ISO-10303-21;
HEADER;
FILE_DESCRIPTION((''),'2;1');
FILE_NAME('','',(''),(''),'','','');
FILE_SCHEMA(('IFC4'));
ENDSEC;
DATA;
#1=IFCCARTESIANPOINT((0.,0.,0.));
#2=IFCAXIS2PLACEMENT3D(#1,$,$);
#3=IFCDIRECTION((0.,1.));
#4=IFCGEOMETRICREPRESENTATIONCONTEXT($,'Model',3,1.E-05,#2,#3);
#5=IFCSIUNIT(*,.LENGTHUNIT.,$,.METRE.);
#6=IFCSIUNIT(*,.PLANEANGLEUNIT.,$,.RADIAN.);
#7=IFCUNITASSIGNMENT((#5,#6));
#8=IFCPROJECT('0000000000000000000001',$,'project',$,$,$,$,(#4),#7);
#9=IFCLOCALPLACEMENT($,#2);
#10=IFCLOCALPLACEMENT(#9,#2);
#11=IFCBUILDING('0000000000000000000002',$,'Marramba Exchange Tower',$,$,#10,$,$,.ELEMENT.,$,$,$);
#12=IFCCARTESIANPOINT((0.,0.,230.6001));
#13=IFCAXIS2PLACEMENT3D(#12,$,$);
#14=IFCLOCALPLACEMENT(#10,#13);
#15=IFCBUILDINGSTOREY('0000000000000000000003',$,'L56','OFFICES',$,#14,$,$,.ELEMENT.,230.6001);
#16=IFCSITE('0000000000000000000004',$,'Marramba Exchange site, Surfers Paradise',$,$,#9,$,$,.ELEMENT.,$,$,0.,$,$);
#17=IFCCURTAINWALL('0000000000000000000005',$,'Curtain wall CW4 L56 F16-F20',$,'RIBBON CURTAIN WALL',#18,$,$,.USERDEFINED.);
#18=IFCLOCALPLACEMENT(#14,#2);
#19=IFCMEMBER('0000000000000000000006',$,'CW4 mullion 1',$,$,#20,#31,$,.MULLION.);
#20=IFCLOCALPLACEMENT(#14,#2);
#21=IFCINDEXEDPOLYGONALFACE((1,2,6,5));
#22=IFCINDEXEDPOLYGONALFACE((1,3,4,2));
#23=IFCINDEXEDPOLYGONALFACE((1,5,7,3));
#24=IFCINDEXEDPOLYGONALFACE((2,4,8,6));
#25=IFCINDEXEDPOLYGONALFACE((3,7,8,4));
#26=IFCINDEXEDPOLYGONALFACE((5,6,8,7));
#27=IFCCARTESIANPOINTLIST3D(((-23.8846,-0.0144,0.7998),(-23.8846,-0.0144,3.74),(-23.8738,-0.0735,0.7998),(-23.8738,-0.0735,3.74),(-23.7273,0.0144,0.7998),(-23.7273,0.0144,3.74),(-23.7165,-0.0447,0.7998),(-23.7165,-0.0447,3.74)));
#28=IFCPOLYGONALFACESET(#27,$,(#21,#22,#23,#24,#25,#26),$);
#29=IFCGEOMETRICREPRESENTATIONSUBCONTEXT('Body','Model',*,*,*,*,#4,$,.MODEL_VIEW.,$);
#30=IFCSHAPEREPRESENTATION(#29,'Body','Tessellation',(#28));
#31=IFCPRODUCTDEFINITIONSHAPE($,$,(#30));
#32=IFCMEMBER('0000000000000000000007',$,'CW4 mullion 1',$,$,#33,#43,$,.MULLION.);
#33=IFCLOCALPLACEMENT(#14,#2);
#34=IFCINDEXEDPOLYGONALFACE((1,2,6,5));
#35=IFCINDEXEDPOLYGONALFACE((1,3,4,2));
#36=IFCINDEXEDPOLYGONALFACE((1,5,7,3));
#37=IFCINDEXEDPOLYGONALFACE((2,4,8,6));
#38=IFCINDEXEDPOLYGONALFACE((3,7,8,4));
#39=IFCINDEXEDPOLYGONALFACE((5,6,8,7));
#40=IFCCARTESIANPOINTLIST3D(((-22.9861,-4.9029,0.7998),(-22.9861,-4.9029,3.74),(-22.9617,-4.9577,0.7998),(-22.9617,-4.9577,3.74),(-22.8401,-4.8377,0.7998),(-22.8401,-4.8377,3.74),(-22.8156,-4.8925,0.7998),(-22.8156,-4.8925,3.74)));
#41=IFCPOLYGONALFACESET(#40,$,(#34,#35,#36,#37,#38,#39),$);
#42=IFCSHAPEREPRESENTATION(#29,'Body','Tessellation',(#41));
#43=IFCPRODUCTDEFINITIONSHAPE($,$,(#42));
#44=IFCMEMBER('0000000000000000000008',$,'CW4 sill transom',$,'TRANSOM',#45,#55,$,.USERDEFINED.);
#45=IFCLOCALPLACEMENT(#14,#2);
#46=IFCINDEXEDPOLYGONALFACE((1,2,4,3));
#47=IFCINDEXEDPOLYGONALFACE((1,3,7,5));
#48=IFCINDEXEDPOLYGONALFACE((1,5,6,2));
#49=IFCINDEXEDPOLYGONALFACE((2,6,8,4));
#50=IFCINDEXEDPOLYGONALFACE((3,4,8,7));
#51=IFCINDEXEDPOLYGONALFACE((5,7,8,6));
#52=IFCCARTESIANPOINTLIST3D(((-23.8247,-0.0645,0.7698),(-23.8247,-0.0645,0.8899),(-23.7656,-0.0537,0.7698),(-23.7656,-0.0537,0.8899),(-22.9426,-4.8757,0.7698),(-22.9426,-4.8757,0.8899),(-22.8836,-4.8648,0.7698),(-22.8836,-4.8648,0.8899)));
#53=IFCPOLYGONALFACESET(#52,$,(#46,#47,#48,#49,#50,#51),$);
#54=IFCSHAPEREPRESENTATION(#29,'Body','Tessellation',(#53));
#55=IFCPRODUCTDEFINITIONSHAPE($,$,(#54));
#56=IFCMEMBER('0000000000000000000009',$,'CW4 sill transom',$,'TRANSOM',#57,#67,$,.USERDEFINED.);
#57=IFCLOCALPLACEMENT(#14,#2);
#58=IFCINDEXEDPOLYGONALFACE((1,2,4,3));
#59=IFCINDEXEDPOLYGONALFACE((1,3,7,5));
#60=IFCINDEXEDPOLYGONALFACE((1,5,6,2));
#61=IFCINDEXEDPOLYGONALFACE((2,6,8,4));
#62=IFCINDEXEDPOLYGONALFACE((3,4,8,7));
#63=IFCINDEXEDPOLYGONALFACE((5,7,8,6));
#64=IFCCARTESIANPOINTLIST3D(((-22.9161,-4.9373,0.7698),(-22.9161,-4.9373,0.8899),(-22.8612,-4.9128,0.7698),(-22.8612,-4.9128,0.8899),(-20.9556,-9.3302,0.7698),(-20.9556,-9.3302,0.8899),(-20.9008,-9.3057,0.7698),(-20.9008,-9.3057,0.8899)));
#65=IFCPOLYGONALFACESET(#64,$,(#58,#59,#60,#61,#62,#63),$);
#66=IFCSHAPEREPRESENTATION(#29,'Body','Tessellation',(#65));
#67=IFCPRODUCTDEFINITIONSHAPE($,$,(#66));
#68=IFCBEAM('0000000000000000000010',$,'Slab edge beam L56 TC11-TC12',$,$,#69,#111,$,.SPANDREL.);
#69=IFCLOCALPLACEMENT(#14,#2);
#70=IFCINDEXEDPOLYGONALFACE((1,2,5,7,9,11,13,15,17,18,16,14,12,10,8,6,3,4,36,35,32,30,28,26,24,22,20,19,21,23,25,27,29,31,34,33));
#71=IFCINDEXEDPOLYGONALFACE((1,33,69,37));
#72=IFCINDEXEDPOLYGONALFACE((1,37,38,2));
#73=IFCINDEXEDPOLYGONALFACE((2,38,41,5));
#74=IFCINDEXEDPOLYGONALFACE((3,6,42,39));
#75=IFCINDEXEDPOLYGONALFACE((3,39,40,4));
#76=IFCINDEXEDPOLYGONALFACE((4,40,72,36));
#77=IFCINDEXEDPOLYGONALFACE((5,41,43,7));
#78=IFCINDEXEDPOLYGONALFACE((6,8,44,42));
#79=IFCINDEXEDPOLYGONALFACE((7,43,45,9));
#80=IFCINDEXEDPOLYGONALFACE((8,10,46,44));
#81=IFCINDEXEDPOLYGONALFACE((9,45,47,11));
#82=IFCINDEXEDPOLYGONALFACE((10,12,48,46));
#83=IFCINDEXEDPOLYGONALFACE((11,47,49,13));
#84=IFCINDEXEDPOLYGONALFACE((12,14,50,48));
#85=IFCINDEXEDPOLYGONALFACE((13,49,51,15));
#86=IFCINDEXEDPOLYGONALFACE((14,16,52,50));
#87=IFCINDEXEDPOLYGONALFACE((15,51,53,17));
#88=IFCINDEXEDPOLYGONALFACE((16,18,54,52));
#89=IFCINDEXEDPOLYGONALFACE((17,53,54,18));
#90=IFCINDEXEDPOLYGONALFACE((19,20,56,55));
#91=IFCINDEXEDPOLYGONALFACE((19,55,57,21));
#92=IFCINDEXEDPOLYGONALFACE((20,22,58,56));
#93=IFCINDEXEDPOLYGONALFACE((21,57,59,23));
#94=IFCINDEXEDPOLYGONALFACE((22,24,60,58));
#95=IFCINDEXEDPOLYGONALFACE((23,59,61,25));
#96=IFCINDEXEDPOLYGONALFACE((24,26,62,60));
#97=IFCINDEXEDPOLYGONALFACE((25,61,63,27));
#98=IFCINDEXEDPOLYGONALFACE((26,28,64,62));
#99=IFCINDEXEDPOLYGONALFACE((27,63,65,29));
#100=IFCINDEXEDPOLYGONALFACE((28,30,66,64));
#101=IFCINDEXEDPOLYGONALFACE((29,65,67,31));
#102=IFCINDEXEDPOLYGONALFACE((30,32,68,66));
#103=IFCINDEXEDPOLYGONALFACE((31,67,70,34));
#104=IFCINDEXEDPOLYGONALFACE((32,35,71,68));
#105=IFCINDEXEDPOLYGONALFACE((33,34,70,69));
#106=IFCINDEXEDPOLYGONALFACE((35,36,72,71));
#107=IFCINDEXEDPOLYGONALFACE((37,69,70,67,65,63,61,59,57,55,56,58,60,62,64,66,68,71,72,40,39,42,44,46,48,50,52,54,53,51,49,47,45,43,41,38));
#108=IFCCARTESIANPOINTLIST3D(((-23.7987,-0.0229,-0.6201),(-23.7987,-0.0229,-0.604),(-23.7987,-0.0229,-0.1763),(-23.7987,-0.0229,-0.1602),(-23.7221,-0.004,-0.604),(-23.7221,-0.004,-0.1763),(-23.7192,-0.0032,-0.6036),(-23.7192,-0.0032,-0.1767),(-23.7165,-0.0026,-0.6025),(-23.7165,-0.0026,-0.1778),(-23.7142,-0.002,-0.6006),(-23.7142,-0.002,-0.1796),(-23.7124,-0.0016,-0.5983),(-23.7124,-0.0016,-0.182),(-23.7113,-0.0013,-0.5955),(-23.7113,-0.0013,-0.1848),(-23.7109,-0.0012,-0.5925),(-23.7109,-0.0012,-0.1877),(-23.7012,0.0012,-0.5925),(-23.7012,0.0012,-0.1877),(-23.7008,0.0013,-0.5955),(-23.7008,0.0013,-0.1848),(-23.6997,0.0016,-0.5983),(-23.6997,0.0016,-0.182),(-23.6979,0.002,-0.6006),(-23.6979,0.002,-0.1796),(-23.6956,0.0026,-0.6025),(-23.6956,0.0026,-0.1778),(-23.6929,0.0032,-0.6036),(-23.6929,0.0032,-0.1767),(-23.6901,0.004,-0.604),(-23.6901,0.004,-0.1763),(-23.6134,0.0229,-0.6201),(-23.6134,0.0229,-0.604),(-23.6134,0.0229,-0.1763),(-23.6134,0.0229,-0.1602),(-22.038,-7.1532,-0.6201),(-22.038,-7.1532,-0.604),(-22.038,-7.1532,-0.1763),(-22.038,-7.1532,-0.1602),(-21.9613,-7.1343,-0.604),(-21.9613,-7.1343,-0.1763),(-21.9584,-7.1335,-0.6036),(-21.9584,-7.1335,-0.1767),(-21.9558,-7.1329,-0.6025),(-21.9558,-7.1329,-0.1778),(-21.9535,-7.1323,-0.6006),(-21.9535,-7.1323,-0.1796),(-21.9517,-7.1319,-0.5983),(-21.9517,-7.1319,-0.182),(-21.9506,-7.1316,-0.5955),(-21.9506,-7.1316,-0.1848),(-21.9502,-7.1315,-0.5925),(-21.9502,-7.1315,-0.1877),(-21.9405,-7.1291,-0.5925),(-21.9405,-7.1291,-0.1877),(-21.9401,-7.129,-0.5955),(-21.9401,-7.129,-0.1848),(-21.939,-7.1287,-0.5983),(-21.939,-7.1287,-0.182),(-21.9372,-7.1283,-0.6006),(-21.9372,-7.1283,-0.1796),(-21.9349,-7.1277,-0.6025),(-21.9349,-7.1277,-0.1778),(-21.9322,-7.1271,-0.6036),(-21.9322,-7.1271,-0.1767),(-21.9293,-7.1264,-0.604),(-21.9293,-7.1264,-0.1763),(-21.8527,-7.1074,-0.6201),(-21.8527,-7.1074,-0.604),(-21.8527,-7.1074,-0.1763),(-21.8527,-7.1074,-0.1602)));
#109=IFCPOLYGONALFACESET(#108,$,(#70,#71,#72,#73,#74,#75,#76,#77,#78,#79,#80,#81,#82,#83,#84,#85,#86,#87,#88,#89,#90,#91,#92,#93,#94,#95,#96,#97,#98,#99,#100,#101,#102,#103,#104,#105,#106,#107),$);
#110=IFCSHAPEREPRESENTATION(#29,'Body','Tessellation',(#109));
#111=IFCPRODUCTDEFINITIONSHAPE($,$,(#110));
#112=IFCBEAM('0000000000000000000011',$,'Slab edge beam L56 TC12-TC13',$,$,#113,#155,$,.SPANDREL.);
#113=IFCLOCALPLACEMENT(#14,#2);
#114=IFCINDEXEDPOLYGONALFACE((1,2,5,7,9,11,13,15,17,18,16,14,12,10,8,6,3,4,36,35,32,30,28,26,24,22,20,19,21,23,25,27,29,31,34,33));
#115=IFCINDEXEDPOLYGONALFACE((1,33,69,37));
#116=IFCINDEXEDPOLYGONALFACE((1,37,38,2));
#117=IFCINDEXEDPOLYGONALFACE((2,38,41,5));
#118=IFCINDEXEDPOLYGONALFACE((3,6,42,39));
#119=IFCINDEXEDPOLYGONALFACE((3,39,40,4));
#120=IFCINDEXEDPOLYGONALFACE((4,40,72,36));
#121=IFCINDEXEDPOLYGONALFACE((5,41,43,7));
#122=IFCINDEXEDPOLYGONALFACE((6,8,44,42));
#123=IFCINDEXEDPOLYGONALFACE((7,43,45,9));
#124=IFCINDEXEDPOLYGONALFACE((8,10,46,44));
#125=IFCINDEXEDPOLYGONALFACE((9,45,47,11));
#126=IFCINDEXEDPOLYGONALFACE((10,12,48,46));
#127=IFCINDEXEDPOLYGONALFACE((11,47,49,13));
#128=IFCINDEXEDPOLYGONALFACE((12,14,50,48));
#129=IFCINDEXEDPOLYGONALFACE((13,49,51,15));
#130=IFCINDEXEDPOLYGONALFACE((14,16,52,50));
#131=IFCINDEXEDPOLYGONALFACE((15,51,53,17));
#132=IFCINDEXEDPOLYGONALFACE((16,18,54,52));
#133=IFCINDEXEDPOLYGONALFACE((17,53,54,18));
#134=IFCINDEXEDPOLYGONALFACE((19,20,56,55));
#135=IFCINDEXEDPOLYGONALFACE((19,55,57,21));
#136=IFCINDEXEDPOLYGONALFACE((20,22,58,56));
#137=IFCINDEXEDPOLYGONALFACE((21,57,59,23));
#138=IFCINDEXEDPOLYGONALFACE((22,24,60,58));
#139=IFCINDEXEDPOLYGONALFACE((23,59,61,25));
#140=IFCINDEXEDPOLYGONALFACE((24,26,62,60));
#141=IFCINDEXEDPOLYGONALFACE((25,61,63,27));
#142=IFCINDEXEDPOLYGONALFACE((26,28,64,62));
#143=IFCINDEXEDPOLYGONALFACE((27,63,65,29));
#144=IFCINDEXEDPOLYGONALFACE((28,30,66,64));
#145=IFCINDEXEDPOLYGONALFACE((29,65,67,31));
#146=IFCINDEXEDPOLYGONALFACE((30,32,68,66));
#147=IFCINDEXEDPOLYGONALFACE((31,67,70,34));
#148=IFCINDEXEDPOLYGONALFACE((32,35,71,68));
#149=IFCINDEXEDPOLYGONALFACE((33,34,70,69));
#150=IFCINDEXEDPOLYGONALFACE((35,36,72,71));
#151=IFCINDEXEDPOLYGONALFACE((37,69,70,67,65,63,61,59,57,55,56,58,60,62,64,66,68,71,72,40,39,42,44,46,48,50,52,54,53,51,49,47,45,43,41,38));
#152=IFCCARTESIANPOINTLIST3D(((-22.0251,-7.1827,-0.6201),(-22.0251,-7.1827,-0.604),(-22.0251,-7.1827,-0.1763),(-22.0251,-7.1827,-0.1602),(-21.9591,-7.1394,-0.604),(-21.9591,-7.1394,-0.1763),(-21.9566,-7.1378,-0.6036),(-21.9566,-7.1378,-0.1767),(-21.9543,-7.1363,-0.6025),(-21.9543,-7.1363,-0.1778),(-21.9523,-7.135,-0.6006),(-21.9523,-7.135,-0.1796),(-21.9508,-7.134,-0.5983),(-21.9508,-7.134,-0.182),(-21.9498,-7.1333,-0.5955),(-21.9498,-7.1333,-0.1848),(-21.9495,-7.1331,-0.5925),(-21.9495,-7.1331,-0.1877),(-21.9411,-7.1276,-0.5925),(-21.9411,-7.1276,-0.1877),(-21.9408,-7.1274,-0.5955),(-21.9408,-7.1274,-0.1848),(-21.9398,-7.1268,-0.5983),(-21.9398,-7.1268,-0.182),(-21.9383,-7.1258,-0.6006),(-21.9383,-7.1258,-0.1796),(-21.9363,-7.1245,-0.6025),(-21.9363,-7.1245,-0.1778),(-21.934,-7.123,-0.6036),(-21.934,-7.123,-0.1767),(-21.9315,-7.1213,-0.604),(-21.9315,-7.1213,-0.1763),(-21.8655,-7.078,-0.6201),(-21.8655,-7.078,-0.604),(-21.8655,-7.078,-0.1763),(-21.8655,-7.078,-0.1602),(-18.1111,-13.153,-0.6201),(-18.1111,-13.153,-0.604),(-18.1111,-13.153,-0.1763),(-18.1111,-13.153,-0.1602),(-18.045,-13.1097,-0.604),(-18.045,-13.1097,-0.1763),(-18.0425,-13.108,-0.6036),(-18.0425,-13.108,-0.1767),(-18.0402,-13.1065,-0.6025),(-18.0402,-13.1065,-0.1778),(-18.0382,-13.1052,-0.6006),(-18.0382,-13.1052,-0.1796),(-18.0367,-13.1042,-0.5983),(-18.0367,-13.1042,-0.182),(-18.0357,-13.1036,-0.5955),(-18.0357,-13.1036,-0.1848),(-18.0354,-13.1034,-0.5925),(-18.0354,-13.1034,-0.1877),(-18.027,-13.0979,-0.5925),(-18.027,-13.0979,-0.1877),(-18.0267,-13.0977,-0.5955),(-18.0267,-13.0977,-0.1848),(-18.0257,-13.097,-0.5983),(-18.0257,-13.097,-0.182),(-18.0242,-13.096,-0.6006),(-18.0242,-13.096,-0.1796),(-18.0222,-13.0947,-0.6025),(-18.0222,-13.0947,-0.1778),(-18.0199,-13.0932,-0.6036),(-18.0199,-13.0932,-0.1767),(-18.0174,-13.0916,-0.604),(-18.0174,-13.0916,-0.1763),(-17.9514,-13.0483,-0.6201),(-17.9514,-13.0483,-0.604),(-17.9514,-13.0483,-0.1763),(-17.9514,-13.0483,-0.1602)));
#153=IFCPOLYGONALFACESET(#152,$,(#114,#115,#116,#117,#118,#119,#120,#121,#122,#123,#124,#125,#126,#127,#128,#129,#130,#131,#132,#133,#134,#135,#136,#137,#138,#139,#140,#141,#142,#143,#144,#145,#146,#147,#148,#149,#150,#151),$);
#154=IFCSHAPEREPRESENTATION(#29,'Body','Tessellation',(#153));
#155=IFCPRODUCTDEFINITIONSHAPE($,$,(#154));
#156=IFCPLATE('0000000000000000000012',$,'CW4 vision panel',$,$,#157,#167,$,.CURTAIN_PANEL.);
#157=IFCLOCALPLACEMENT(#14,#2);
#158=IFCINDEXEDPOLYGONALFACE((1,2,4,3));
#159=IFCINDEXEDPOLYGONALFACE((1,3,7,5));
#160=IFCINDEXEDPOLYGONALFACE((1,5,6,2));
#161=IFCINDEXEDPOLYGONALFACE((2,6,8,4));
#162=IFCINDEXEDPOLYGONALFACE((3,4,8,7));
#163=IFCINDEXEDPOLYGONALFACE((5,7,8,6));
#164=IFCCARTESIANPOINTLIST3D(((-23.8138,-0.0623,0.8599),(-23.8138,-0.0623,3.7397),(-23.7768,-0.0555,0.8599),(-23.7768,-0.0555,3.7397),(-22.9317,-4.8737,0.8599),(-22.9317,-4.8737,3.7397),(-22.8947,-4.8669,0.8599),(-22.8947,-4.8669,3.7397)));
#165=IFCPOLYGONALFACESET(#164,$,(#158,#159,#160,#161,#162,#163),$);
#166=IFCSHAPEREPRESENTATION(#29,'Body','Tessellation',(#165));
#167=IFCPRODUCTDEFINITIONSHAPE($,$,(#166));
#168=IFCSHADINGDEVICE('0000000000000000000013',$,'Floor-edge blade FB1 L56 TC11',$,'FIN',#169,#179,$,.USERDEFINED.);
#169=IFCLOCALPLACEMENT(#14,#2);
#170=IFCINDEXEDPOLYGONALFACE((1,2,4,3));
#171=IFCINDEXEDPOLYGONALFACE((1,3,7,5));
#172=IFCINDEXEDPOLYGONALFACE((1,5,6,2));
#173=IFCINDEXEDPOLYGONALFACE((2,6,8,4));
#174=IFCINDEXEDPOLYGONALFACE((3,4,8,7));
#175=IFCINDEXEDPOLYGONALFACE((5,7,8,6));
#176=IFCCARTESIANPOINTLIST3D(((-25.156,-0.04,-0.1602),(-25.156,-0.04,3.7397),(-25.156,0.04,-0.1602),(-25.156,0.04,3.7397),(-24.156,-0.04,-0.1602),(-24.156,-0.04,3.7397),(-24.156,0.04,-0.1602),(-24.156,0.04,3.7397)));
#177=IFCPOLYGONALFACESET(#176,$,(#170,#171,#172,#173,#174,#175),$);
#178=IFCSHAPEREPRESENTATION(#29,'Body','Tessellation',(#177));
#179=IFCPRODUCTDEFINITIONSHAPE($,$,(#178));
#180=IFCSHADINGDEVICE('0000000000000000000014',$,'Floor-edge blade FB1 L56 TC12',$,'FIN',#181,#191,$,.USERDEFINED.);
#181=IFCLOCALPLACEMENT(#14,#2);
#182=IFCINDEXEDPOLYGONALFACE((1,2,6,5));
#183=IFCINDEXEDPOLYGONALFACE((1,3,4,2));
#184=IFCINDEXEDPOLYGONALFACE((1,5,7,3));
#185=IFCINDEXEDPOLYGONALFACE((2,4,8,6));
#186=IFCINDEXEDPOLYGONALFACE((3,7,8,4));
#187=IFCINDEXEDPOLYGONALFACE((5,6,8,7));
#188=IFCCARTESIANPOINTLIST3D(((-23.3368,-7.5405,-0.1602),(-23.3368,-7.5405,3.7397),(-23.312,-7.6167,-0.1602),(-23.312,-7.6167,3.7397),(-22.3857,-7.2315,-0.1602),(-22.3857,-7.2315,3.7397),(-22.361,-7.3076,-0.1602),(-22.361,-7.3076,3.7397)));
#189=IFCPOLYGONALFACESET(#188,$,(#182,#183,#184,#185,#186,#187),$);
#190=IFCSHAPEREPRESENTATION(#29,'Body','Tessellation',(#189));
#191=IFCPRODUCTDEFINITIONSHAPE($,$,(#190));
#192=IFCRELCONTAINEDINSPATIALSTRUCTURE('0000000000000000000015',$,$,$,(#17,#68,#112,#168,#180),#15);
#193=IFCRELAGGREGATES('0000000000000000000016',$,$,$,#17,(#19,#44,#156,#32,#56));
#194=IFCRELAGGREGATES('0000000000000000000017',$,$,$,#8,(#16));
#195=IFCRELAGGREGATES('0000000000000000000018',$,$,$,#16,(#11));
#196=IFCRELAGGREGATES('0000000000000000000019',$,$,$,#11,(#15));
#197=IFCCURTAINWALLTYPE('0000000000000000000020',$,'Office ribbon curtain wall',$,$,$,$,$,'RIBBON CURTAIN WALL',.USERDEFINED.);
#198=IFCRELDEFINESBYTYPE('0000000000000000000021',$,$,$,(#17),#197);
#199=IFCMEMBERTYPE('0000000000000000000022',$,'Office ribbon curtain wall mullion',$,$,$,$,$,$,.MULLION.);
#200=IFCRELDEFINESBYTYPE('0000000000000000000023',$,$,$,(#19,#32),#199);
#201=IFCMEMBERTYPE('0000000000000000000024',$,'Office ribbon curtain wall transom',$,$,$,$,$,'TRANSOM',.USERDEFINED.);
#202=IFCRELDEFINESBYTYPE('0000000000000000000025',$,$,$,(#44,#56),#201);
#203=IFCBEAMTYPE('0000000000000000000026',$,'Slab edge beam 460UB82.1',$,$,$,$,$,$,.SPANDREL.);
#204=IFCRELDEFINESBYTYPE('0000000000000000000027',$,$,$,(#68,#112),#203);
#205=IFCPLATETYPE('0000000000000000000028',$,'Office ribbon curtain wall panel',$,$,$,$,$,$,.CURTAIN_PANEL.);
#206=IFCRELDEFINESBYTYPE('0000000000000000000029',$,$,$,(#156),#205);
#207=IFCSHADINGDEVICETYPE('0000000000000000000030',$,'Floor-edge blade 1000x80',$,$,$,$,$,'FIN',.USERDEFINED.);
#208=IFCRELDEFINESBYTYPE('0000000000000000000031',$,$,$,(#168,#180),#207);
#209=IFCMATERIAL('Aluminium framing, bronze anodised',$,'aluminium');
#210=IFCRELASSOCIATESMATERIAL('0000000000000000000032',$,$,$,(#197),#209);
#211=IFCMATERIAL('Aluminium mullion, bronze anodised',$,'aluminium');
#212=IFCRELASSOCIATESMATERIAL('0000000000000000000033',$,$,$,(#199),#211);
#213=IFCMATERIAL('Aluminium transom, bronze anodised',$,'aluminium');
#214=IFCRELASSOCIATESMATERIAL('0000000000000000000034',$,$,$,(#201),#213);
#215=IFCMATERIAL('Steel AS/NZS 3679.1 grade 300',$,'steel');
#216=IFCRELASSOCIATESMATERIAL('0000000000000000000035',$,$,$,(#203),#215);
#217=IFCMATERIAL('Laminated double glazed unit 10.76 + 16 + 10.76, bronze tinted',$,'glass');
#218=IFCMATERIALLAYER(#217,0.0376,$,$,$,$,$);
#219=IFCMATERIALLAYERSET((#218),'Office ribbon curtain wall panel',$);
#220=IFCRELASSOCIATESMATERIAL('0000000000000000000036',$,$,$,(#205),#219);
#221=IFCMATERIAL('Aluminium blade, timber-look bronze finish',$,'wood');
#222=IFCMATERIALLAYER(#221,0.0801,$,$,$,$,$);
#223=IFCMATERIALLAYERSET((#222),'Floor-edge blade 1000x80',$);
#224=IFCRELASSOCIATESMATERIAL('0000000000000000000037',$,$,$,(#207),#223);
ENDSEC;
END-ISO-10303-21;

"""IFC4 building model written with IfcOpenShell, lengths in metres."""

from ifc_helpers import new_model, si_unit, direction, frame, origin, origin_2d, place, context, subcontext, project, spatial, rectangle, i_section, extrude, material, layer, layer_set, material_profile, profile_set, type_object, element, aggregate, save


model = new_model("IFC4")

# Units and contexts
model_context = context("Model", 3, precision=1e-05, world=origin(), true_north=direction((0.0, 1.0)))
body_context = subcontext(model_context, "Body", "Model", "MODEL_VIEW")
ifc_project = project(units=[si_unit("LENGTHUNIT", "METRE"), si_unit("PLANEANGLEUNIT", "RADIAN")], contexts=[model_context])

# Site, building, storey
site_placement = place(None, origin())
site = spatial("IfcSite", under=ifc_project, at=site_placement, Name="Marramba Exchange site, Surfers Paradise", CompositionType="ELEMENT", RefElevation=0.0)
building_placement = place(site_placement, origin())
building = spatial("IfcBuilding", under=site, at=building_placement, Name="Marramba Exchange Tower", CompositionType="ELEMENT")
storey_placement = place(building_placement, frame((0.0, 0.0, 230.6001)))
storey = spatial("IfcBuildingStorey", under=building, at=storey_placement, Name="L56", Description="OFFICES", CompositionType="ELEMENT", Elevation=230.6001)

# Curtain wall, members
ifc_material_1 = material(Name="Aluminium framing, bronze anodised", Category="aluminium")
curtain_wall_type = type_object("IfcCurtainWallType", Name="Office ribbon curtain wall", ElementType="RIBBON CURTAIN WALL", PredefinedType="USERDEFINED", material=ifc_material_1)
curtain_wall_placement = place(storey_placement, origin())
curtain_wall = element("IfcCurtainWall", 1, at=curtain_wall_placement, inside=storey, type_object=curtain_wall_type, Name="Curtain wall CW4 L56 F16-F20", ObjectType="RIBBON CURTAIN WALL", PredefinedType="USERDEFINED")
ifc_material_2 = material(Name="Aluminium mullion, bronze anodised", Category="aluminium")
ifc_material_profile_1 = material_profile(ifc_material_2, rectangle(XDim=0.1599, YDim=0.0601, at=origin_2d()), Name="CW4 mullion 60x160")
ifc_profile_set_1 = profile_set([ifc_material_profile_1], Name="Aluminium mullion, bronze anodised")
member_type_1 = type_object("IfcMemberType", Name="Office ribbon curtain wall mullion", PredefinedType="MULLION", material=ifc_profile_set_1)
member_1_placement = place(storey_placement, frame((-23.8005, -0.0295, 0.7998), z_axis=(0.0, 0.0, 1.0), x_axis=(0.983607, 0.180327, 0.0)))
member_1 = element("IfcMember", 2, at=member_1_placement, type_object=member_type_1, Name="CW4 mullion 1", PredefinedType="MULLION", context=body_context, shape_type="SweptSolid", body=[
    extrude(rectangle(XDim=0.1599, YDim=0.0601, at=origin_2d()), origin(), (0.0, 0.0, 1.0), 2.9402),
])
member_2_placement = place(storey_placement, frame((-22.9009, -4.8977, 0.7998), z_axis=(0.0, 0.0, 1.0), x_axis=(0.91318, 0.407558, 0.0)))
member_2 = element("IfcMember", 3, at=member_2_placement, type_object=member_type_1, Name="CW4 mullion 1", PredefinedType="MULLION", context=body_context, shape_type="SweptSolid", body=[
    extrude(rectangle(XDim=0.1599, YDim=0.0601, at=origin_2d()), origin(), (0.0, 0.0, 1.0), 2.9402),
])
ifc_material_3 = material(Name="Aluminium transom, bronze anodised", Category="aluminium")
ifc_material_profile_2 = material_profile(ifc_material_3, rectangle(XDim=0.0601, YDim=0.1201, at=origin_2d()), Name="CW4 transom 60x120")
ifc_profile_set_2 = profile_set([ifc_material_profile_2], Name="Aluminium transom, bronze anodised")
member_type_2 = type_object("IfcMemberType", Name="Office ribbon curtain wall transom", ElementType="TRANSOM", PredefinedType="USERDEFINED", material=ifc_profile_set_2)
member_3_placement = place(storey_placement, frame((-23.7952, -0.0591, 0.8298), z_axis=(0.18033, -0.983606, 0.0), x_axis=(0.983606, 0.18033, 0.0)))
member_3 = element("IfcMember", 4, at=member_3_placement, type_object=member_type_2, Name="CW4 sill transom", ObjectType="TRANSOM", PredefinedType="USERDEFINED", context=body_context, shape_type="SweptSolid", body=[
    extrude(rectangle(XDim=0.0601, YDim=0.1201, at=origin_2d()), origin(), (0.0, 0.0, 1.0), 4.8914),
])
member_4_placement = place(storey_placement, frame((-22.8887, -4.925, 0.8298), z_axis=(0.407541, -0.913187, 0.0), x_axis=(0.913187, 0.407541, 0.0)))
member_4 = element("IfcMember", 5, at=member_4_placement, type_object=member_type_2, Name="CW4 sill transom", ObjectType="TRANSOM", PredefinedType="USERDEFINED", context=body_context, shape_type="SweptSolid", body=[
    extrude(rectangle(XDim=0.0601, YDim=0.1201, at=origin_2d()), origin(), (0.0, 0.0, 1.0), 4.8105),
])

# Beams
ifc_material_4 = material(Name="Steel AS/NZS 3679.1 grade 300", Category="steel")
ifc_material_profile_3 = material_profile(ifc_material_4, i_section(OverallWidth=0.1909, OverallDepth=0.46, WebThickness=0.01, FlangeThickness=0.0161, FilletRadius=0.0115, at=origin_2d()), Name="460UB82.1")
ifc_profile_set_3 = profile_set([ifc_material_profile_3], Name="Steel AS/NZS 3679.1 grade 300")
beam_type = type_object("IfcBeamType", Name="Slab edge beam 460UB82.1", PredefinedType="SPANDREL", material=ifc_profile_set_3)
beam_1_placement = place(storey_placement, frame((-23.7061, 0.0, -0.3901), z_axis=(0.239735, -0.970838, 0.0), x_axis=(0.970838, 0.239735, 0.0)))
element("IfcBeam", 6, at=beam_1_placement, inside=storey, type_object=beam_type, Name="Slab edge beam L56 TC11-TC12", PredefinedType="SPANDREL", context=body_context, shape_type="SweptSolid", body=[
    extrude(i_section(OverallWidth=0.1909, OverallDepth=0.46, WebThickness=0.01, FlangeThickness=0.0161, FilletRadius=0.0115, at=origin_2d()), origin(), (0.0, 0.0, 1.0), 7.3445),
])
beam_2_placement = place(storey_placement, frame((-21.9453, -7.1304, -0.3901), z_axis=(0.548275, -0.836298, 0.0), x_axis=(0.836298, 0.548275, 0.0)))
element("IfcBeam", 7, at=beam_2_placement, inside=storey, type_object=beam_type, Name="Slab edge beam L56 TC12-TC13", PredefinedType="SPANDREL", context=body_context, shape_type="SweptSolid", body=[
    extrude(i_section(OverallWidth=0.1909, OverallDepth=0.46, WebThickness=0.01, FlangeThickness=0.0161, FilletRadius=0.0115, at=origin_2d()), origin(), (0.0, 0.0, 1.0), 7.1389),
])

# Plate
ifc_material_5 = material(Name="Laminated double glazed unit 10.76 + 16 + 10.76, bronze tinted", Category="glass")
ifc_layer_1 = layer(ifc_material_5, 0.0376)
ifc_layer_set_1 = layer_set([ifc_layer_1], Name="Office ribbon curtain wall panel")
plate_type = type_object("IfcPlateType", Name="Office ribbon curtain wall panel", PredefinedType="CURTAIN_PANEL", material=ifc_layer_set_1)
plate_placement = place(storey_placement, frame((-23.3542, -2.4646, 0.8599), z_axis=(0.0, 0.0, 1.0), x_axis=(0.180327, -0.983607, 0.0)))
plate = element("IfcPlate", 8, at=plate_placement, type_object=plate_type, Name="CW4 vision panel", PredefinedType="CURTAIN_PANEL", context=body_context, shape_type="SweptSolid", body=[
    extrude(rectangle(XDim=4.8916, YDim=0.0376, at=origin_2d()), origin(), (0.0, 0.0, 1.0), 2.8799),
])
aggregate(curtain_wall, [member_1, member_3, plate, member_2, member_4])

# Shading devices
ifc_material_6 = material(Name="Aluminium blade, timber-look bronze finish", Category="wood")
ifc_layer_2 = layer(ifc_material_6, 0.0801)
ifc_layer_set_2 = layer_set([ifc_layer_2], Name="Floor-edge blade 1000x80")
shading_device_type_1 = type_object("IfcShadingDeviceType", Name="Floor-edge blade 1000x80", ElementType="FIN", PredefinedType="USERDEFINED", material=ifc_layer_set_2)
for number, where, z_axis, x_axis, name in (
    (9, (-24.656, 0.0, -0.1602), (0.0, 0.0, 1.0), (-1.0, 0.0, 0.0), "Floor-edge blade FB1 L56 TC11"),
    (10, (-22.8489, -7.4241, -0.1602), (0.0, 0.0, 1.0), (-0.951057, -0.309017, 0.0), "Floor-edge blade FB1 L56 TC12"),
):
    element("IfcShadingDevice", number, at=place(storey_placement, frame(where, z_axis=z_axis, x_axis=x_axis)), inside=storey, type_object=shading_device_type_1, Name=name, ObjectType="FIN", PredefinedType="USERDEFINED", context=body_context, shape_type="SweptSolid", body=[
        extrude(rectangle(XDim=1.0, YDim=0.0801, at=origin_2d()), origin(), (0.0, 0.0, 1.0), 3.8999),
    ])

save(model, "model.ifc")
